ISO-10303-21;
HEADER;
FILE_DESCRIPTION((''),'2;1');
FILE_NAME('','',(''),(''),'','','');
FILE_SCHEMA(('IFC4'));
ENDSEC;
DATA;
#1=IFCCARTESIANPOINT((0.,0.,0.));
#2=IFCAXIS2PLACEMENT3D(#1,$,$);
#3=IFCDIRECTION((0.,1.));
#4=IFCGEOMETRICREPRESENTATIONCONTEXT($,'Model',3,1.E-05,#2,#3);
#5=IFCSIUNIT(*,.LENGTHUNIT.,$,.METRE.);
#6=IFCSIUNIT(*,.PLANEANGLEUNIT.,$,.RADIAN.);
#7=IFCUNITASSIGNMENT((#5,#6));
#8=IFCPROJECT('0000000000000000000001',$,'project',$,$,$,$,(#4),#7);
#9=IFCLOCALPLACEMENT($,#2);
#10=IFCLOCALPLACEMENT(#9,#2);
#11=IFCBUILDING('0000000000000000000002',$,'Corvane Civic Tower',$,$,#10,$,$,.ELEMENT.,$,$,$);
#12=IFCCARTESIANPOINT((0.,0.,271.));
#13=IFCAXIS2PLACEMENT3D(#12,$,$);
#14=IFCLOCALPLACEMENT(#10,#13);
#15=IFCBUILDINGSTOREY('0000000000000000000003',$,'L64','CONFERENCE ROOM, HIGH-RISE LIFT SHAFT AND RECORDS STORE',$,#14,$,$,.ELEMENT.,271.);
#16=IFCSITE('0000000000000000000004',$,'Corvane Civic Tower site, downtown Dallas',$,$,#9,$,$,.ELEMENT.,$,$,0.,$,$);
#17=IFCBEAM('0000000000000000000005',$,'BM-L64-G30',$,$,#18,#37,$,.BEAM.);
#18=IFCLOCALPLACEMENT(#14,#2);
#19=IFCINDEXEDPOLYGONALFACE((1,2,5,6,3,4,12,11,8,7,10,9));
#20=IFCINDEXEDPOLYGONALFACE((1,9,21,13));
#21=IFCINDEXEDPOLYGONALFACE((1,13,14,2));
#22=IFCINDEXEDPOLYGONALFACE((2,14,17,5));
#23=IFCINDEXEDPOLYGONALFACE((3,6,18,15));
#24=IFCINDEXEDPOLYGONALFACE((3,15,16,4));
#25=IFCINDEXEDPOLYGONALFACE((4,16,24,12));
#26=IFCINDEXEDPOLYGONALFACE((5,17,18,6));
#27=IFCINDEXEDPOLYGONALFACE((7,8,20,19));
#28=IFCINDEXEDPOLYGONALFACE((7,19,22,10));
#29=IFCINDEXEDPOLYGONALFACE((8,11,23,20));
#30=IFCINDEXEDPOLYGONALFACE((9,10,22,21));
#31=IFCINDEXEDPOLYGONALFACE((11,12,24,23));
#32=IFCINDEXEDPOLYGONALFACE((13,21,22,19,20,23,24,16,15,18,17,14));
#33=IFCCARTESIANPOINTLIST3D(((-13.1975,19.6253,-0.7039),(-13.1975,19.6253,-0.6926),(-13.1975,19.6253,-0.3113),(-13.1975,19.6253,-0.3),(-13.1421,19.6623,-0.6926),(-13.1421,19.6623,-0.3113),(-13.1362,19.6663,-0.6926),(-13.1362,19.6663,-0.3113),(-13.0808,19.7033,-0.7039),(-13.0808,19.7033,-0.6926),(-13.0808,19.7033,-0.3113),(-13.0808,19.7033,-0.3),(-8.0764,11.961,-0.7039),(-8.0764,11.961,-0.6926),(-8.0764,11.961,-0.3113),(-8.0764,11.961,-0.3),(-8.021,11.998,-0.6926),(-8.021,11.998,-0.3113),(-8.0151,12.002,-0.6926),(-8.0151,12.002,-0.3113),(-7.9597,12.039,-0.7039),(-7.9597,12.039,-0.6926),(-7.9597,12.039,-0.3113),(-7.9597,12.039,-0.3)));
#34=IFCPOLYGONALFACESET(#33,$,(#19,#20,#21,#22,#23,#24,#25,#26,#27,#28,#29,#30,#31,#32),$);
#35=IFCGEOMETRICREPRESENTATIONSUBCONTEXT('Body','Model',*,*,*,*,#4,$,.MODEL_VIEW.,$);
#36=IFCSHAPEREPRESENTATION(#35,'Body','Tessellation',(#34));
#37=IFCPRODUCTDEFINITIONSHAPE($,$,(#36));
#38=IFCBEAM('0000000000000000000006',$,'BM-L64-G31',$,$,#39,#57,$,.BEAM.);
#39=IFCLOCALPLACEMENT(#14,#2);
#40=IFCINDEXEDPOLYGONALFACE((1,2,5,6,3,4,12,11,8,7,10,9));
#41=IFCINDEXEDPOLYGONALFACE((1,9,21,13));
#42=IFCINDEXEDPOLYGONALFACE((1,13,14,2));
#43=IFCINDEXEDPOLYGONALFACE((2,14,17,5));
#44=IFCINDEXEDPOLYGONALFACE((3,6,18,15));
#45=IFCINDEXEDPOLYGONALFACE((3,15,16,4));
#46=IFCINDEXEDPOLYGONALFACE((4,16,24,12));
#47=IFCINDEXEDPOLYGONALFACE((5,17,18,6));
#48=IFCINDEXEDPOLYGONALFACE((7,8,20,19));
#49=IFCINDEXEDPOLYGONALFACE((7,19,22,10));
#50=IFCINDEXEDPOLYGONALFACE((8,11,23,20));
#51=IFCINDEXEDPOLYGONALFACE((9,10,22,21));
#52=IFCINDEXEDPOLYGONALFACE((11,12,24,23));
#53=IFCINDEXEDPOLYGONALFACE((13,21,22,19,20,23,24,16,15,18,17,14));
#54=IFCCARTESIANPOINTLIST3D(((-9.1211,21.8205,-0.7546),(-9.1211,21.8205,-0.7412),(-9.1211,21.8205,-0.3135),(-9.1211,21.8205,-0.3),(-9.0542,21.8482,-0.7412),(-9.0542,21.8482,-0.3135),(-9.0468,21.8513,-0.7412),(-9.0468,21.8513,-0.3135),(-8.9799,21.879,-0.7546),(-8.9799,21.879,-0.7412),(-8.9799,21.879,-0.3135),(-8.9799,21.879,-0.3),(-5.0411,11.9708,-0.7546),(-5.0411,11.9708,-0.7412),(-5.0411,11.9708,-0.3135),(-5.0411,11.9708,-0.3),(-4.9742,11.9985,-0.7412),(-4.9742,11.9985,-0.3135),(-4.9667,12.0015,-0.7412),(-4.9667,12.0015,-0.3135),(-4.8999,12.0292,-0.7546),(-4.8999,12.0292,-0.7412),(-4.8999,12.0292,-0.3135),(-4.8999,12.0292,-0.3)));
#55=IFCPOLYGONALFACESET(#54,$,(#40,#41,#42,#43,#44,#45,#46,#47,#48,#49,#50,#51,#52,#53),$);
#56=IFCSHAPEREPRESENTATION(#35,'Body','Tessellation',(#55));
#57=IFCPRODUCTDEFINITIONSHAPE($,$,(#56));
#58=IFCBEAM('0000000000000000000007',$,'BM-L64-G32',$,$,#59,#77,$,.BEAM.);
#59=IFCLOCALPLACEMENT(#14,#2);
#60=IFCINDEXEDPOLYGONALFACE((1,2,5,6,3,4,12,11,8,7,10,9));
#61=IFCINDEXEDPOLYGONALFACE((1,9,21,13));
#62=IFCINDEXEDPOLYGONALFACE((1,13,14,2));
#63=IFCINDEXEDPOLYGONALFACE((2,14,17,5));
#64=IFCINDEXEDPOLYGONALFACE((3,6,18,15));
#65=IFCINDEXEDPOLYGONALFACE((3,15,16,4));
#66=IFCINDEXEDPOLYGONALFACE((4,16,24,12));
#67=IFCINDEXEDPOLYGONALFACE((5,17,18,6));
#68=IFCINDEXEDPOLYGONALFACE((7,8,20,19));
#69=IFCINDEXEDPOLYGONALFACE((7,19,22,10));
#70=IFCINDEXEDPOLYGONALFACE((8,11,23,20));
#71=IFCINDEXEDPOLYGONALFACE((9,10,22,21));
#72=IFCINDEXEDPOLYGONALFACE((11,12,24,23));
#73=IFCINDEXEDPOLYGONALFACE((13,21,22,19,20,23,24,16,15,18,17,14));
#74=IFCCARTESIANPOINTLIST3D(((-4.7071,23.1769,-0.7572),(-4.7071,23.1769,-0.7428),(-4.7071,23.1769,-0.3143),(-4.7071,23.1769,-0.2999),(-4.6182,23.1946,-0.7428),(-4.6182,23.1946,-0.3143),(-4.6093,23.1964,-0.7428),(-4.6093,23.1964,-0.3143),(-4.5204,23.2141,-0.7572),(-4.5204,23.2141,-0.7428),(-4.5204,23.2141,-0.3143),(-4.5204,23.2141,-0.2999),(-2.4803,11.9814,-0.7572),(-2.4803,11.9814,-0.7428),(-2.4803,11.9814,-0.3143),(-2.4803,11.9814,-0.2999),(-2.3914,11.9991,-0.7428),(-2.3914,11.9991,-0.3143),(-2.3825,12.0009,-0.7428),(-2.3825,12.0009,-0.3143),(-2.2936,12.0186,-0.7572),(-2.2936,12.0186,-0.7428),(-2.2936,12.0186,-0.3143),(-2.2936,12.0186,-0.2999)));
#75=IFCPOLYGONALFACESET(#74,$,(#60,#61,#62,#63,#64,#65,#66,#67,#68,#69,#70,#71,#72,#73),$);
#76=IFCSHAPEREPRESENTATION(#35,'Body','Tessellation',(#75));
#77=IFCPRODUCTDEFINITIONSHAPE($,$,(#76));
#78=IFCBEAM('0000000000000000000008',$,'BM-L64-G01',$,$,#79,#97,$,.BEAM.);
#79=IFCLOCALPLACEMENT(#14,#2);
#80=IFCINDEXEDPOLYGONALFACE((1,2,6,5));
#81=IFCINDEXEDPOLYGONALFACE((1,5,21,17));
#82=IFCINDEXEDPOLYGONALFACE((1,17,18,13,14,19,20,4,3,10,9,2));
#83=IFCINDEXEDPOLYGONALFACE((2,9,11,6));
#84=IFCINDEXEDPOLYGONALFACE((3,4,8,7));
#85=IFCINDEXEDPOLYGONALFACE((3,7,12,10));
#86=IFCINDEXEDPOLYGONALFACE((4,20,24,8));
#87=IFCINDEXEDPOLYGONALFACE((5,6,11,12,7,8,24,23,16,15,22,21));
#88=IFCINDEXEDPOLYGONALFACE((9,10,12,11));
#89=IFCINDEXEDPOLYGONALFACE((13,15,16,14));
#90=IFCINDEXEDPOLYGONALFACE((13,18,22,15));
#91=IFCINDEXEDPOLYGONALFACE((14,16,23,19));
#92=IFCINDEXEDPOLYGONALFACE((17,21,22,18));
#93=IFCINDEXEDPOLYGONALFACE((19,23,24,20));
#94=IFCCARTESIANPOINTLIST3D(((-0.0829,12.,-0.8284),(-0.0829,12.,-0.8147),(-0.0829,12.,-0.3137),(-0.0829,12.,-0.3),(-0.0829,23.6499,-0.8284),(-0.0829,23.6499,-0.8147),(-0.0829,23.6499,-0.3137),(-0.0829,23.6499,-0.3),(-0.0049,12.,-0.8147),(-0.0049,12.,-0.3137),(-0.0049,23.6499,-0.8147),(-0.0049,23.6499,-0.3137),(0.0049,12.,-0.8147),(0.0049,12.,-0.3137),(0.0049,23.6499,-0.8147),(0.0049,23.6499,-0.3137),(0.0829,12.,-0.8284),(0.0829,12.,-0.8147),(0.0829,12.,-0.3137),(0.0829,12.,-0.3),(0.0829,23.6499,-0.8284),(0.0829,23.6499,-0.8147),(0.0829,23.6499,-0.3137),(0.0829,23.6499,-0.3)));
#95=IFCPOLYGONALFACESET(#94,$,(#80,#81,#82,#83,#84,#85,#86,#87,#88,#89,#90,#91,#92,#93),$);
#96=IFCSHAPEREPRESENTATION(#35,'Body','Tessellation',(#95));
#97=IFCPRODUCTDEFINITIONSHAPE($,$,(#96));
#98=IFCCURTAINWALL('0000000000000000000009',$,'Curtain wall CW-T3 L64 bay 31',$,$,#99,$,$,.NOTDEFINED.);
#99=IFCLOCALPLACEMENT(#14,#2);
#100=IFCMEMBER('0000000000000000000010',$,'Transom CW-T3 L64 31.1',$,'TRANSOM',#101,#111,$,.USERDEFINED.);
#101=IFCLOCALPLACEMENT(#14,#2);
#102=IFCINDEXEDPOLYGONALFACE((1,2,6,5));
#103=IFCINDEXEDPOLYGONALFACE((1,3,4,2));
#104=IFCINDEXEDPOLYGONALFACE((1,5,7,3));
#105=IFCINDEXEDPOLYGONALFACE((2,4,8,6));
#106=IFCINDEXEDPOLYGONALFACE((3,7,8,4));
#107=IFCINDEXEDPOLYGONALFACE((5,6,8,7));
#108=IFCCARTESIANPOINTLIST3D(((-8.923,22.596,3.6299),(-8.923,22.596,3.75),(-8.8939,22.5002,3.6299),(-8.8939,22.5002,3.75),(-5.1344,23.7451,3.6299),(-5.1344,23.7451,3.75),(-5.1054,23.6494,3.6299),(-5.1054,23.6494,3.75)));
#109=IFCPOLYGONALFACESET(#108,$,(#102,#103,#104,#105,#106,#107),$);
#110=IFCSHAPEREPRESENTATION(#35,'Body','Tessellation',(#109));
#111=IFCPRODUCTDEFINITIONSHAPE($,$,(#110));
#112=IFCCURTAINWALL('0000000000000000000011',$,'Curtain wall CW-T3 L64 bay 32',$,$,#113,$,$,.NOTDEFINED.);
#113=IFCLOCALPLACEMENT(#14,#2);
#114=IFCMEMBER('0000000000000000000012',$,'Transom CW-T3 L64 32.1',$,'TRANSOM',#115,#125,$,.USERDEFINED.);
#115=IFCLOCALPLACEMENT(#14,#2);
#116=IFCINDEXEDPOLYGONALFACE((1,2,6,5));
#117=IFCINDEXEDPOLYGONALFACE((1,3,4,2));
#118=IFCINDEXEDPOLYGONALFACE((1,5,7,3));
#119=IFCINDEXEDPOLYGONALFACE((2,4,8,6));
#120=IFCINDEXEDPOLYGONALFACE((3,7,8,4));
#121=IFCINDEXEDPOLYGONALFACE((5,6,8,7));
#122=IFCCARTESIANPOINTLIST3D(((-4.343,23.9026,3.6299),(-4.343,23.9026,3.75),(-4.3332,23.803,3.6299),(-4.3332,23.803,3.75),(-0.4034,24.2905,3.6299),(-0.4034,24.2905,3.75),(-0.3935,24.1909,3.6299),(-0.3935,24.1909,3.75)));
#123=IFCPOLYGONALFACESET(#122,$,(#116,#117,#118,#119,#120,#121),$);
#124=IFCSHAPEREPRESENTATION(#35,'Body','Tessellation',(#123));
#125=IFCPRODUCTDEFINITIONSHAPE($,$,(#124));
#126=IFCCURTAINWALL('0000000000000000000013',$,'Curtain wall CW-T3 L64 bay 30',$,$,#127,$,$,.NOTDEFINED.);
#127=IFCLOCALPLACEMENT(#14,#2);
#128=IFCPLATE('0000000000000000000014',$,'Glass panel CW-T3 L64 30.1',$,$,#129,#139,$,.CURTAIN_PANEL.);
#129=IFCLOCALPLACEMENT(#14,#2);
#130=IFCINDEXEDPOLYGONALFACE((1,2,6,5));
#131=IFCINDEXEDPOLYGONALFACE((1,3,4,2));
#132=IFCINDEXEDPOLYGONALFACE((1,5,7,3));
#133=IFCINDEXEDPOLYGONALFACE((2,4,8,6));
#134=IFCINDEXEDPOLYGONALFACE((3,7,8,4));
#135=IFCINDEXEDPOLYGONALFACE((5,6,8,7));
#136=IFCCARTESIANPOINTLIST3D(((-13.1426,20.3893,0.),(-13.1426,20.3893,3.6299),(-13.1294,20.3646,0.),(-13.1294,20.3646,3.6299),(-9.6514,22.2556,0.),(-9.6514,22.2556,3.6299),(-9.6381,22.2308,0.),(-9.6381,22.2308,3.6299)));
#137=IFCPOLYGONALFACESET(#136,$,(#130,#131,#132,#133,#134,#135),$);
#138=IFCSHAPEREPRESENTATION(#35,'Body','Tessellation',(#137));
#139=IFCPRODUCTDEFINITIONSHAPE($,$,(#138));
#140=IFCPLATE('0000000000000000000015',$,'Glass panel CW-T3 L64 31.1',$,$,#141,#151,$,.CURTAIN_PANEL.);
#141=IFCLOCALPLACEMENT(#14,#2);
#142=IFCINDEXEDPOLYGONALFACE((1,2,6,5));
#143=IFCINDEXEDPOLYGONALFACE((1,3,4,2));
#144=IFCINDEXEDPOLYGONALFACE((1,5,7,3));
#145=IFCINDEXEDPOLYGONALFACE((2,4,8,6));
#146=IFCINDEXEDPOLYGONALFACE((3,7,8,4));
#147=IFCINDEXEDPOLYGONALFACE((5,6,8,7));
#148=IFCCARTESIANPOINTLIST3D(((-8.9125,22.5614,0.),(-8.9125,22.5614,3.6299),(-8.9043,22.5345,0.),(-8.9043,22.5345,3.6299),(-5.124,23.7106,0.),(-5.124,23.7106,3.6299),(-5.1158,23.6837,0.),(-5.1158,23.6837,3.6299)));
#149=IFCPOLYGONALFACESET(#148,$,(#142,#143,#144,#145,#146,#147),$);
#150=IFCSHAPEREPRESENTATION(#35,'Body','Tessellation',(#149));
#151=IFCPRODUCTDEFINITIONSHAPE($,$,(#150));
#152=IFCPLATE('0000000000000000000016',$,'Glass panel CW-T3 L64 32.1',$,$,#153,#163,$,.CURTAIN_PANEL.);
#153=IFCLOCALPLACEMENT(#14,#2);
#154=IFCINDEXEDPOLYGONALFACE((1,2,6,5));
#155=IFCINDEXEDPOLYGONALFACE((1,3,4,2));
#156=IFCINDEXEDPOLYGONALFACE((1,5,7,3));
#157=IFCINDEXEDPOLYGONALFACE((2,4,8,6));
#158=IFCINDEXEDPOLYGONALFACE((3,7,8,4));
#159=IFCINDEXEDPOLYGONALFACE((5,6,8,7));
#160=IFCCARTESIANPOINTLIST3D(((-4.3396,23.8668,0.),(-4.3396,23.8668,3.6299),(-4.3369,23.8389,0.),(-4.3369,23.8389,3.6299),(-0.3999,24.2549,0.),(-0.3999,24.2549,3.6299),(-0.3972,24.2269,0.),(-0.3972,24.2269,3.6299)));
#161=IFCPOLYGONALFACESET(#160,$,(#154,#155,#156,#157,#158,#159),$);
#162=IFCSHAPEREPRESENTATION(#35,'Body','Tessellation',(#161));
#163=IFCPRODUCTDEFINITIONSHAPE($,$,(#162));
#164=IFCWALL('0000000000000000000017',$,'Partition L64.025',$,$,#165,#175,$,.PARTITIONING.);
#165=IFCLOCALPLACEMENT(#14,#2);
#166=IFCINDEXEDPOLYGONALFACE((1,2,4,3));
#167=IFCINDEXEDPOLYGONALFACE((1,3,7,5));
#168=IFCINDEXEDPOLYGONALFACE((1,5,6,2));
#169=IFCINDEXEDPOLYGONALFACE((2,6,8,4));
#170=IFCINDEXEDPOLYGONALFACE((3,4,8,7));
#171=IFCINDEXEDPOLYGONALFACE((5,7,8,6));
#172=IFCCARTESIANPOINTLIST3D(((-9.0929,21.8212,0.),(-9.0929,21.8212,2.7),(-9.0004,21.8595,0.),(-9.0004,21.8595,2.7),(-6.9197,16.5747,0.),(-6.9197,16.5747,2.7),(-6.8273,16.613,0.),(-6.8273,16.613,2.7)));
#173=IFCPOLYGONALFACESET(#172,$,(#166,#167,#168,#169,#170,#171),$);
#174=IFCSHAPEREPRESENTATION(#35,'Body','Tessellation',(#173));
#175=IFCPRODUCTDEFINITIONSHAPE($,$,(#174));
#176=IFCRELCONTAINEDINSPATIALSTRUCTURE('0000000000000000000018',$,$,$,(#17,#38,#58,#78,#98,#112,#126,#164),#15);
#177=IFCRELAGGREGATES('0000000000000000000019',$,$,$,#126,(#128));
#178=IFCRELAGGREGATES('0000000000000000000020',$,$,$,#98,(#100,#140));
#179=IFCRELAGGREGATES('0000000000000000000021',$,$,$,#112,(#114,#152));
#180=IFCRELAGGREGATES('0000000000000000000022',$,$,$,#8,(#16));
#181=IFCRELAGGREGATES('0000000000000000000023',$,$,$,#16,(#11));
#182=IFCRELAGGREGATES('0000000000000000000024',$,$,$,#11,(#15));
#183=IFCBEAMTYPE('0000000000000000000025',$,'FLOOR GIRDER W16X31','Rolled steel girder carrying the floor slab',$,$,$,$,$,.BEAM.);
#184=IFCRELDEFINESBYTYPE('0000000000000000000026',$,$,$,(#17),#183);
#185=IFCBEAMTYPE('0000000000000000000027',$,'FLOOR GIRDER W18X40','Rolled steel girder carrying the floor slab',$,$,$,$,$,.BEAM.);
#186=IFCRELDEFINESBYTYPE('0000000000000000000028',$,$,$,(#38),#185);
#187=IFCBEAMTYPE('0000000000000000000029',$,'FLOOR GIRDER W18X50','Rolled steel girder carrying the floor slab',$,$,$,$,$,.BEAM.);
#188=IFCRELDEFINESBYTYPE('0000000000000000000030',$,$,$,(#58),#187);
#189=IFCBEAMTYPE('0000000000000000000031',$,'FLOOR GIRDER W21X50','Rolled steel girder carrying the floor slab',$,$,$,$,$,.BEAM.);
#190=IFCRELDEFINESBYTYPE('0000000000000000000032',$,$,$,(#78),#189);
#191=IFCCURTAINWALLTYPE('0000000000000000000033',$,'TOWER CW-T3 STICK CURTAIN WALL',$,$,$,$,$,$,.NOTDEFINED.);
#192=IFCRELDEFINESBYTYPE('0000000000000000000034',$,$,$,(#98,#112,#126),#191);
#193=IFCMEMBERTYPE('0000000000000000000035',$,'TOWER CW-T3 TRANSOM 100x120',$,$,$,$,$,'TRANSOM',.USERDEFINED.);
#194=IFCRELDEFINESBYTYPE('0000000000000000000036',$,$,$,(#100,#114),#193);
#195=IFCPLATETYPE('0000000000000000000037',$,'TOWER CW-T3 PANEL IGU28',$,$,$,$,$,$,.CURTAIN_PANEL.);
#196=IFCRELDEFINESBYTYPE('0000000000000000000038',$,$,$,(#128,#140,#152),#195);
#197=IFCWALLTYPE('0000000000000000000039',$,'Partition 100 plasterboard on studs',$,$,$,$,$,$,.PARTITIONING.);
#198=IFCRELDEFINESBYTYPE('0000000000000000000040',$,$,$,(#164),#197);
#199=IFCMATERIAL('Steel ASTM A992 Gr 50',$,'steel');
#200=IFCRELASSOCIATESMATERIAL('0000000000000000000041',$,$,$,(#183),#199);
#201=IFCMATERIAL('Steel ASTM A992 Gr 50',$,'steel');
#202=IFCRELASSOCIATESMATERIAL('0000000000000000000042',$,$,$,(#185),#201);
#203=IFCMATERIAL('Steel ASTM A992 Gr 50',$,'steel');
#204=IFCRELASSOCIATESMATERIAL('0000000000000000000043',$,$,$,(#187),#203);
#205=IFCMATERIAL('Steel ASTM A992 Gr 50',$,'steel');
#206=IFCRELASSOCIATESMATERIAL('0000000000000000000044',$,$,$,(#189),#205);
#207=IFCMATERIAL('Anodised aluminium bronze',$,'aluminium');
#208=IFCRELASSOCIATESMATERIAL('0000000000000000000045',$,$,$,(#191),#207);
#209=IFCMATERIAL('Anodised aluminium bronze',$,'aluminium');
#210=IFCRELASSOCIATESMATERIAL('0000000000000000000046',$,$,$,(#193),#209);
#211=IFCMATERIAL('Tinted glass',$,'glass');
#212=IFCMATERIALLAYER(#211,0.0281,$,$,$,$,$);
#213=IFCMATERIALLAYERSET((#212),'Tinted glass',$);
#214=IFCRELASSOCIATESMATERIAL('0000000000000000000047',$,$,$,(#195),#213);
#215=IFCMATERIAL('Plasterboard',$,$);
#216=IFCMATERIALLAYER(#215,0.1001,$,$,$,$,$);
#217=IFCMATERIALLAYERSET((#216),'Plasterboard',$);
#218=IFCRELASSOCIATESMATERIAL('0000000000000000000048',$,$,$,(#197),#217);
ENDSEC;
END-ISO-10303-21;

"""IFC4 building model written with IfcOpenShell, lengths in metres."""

from ifc_helpers import new_model, si_unit, direction, frame, frame_2d, origin, origin_2d, place, context, subcontext, project, spatial, rectangle, i_section, extrude, material, layer, layer_set, material_profile, profile_set, type_object, element, aggregate, save


model = new_model("IFC4")

# Units and contexts
model_context = context("Model", 3, precision=1e-05, world=origin(), true_north=direction((0.0, 1.0)))
body_context = subcontext(model_context, "Body", "Model", "MODEL_VIEW")
ifc_project = project(units=[si_unit("LENGTHUNIT", "METRE"), si_unit("PLANEANGLEUNIT", "RADIAN")], contexts=[model_context])

# Site, building, storey
site_placement = place(None, origin())
site = spatial("IfcSite", under=ifc_project, at=site_placement, Name="Corvane Civic Tower site, downtown Dallas", CompositionType="ELEMENT", RefElevation=0.0)
building_placement = place(site_placement, origin())
building = spatial("IfcBuilding", under=site, at=building_placement, Name="Corvane Civic Tower", CompositionType="ELEMENT")
storey_placement = place(building_placement, frame((0.0, 0.0, 271.0)))
storey = spatial("IfcBuildingStorey", under=building, at=storey_placement, Name="L64", Description="CONFERENCE ROOM, HIGH-RISE LIFT SHAFT AND RECORDS STORE", CompositionType="ELEMENT", Elevation=271.0)

# Beams
ifc_material_1 = material(Name="Steel ASTM A992 Gr 50", Category="steel")
ifc_material_profile_1 = material_profile(ifc_material_1, i_section(OverallWidth=0.1404, OverallDepth=0.4038, WebThickness=0.0071, FlangeThickness=0.0112, at=origin_2d()), Name="W16X31")
ifc_profile_set_1 = profile_set([ifc_material_profile_1], Name="Steel ASTM A992 Gr 50")
beam_type_1 = type_object("IfcBeamType", Name="FLOOR GIRDER W16X31", Description="Rolled steel girder carrying the floor slab", PredefinedType="BEAM", material=ifc_profile_set_1)
beam_1_placement = place(storey_placement, frame((-8.0181, 12.0, -0.502), z_axis=(-0.555568, 0.831471, 0.0), x_axis=(-0.831471, -0.555568, 0.0)))
element("IfcBeam", 1, at=beam_1_placement, inside=storey, type_object=beam_type_1, Name="BM-L64-G30", PredefinedType="BEAM", context=body_context, shape_type="SweptSolid", body=[
    extrude(i_section(OverallWidth=0.1404, OverallDepth=0.4038, WebThickness=0.0071, FlangeThickness=0.0112, at=origin_2d()), origin(), (0.0, 0.0, 1.0), 9.2178),
])
ifc_material_2 = material(Name="Steel ASTM A992 Gr 50", Category="steel")
ifc_material_profile_2 = material_profile(ifc_material_2, i_section(OverallWidth=0.1528, OverallDepth=0.4546, WebThickness=0.0081, FlangeThickness=0.0134, at=origin_2d()), Name="W18X40")
ifc_profile_set_2 = profile_set([ifc_material_profile_2], Name="Steel ASTM A992 Gr 50")
beam_type_2 = type_object("IfcBeamType", Name="FLOOR GIRDER W18X40", Description="Rolled steel girder carrying the floor slab", PredefinedType="BEAM", material=ifc_profile_set_2)
beam_2_placement = place(storey_placement, frame((-4.9705, 12.0, -0.5273), z_axis=(-0.382694, 0.923875, 0.0), x_axis=(-0.923875, -0.382694, 0.0)))
element("IfcBeam", 2, at=beam_2_placement, inside=storey, type_object=beam_type_2, Name="BM-L64-G31", PredefinedType="BEAM", context=body_context, shape_type="SweptSolid", body=[
    extrude(i_section(OverallWidth=0.1528, OverallDepth=0.4546, WebThickness=0.0081, FlangeThickness=0.0134, at=origin_2d()), origin(), (0.0, 0.0, 1.0), 10.6614),
])
ifc_material_3 = material(Name="Steel ASTM A992 Gr 50", Category="steel")
ifc_material_profile_3 = material_profile(ifc_material_3, i_section(OverallWidth=0.1904, OverallDepth=0.4573, WebThickness=0.009, FlangeThickness=0.0144, at=origin_2d()), Name="W18X50")
ifc_profile_set_3 = profile_set([ifc_material_profile_3], Name="Steel ASTM A992 Gr 50")
beam_type_3 = type_object("IfcBeamType", Name="FLOOR GIRDER W18X50", Description="Rolled steel girder carrying the floor slab", PredefinedType="BEAM", material=ifc_profile_set_3)
beam_3_placement = place(storey_placement, frame((-2.387, 12.0, -0.5286), z_axis=(-0.19508, 0.980787, 0.0), x_axis=(-0.980787, -0.19508, 0.0)))
element("IfcBeam", 3, at=beam_3_placement, inside=storey, type_object=beam_type_3, Name="BM-L64-G32", PredefinedType="BEAM", context=body_context, shape_type="SweptSolid", body=[
    extrude(i_section(OverallWidth=0.1904, OverallDepth=0.4573, WebThickness=0.009, FlangeThickness=0.0144, at=origin_2d()), origin(), (0.0, 0.0, 1.0), 11.4148),
])
ifc_material_4 = material(Name="Steel ASTM A992 Gr 50", Category="steel")
ifc_material_profile_4 = material_profile(ifc_material_4, i_section(OverallWidth=0.1658, OverallDepth=0.5283, WebThickness=0.0098, FlangeThickness=0.0137, at=origin_2d()), Name="W21X50")
ifc_profile_set_4 = profile_set([ifc_material_profile_4], Name="Steel ASTM A992 Gr 50")
beam_type_4 = type_object("IfcBeamType", Name="FLOOR GIRDER W21X50", Description="Rolled steel girder carrying the floor slab", PredefinedType="BEAM", material=ifc_profile_set_4)
beam_4_placement = place(storey_placement, frame((0.0, 12.0, -0.5642), z_axis=(0.0, 1.0, 0.0), x_axis=(-1.0, 0.0, 0.0)))
element("IfcBeam", 4, at=beam_4_placement, inside=storey, type_object=beam_type_4, Name="BM-L64-G01", PredefinedType="BEAM", context=body_context, shape_type="SweptSolid", body=[
    extrude(i_section(OverallWidth=0.1658, OverallDepth=0.5283, WebThickness=0.0098, FlangeThickness=0.0137, at=origin_2d()), origin(), (0.0, 0.0, 1.0), 11.6499),
])

# Curtain walls, members
ifc_material_5 = material(Name="Anodised aluminium bronze", Category="aluminium")
curtain_wall_type = type_object("IfcCurtainWallType", Name="TOWER CW-T3 STICK CURTAIN WALL", PredefinedType="NOTDEFINED", material=ifc_material_5)
curtain_wall_1_placement = place(storey_placement, origin())
curtain_wall_1 = element("IfcCurtainWall", 5, at=curtain_wall_1_placement, inside=storey, type_object=curtain_wall_type, Name="Curtain wall CW-T3 L64 bay 31", PredefinedType="NOTDEFINED")
ifc_material_6 = material(Name="Anodised aluminium bronze", Category="aluminium")
ifc_material_profile_5 = material_profile(ifc_material_6, rectangle(XDim=0.1001, YDim=0.1201, at=origin_2d()), Name="TOWER CW-T3 TRANSOM 100x120")
ifc_profile_set_5 = profile_set([ifc_material_profile_5], Name="Anodised aluminium bronze")
member_type = type_object("IfcMemberType", Name="TOWER CW-T3 TRANSOM 100x120", ElementType="TRANSOM", PredefinedType="USERDEFINED", material=ifc_profile_set_5)
member_1_placement = place(storey_placement, frame((-8.9084, 22.5481, 3.6899), z_axis=(0.956946, 0.290266, 0.0), x_axis=(-0.290266, 0.956946, 0.0)))
member_1 = element("IfcMember", 6, at=member_1_placement, type_object=member_type, Name="Transom CW-T3 L64 31.1", ObjectType="TRANSOM", PredefinedType="USERDEFINED", context=body_context, shape_type="SweptSolid", body=[
    extrude(rectangle(XDim=0.1001, YDim=0.1201, at=origin_2d()), origin(), (0.0, 0.0, 1.0), 3.959),
])
curtain_wall_2_placement = place(storey_placement, origin())
curtain_wall_2 = element("IfcCurtainWall", 7, at=curtain_wall_2_placement, inside=storey, type_object=curtain_wall_type, Name="Curtain wall CW-T3 L64 bay 32", PredefinedType="NOTDEFINED")
member_2_placement = place(storey_placement, frame((-4.3381, 23.8528, 3.6899), z_axis=(0.995187, 0.097995, 0.0), x_axis=(-0.097995, 0.995187, 0.0)))
member_2 = element("IfcMember", 8, at=member_2_placement, type_object=member_type, Name="Transom CW-T3 L64 32.1", ObjectType="TRANSOM", PredefinedType="USERDEFINED", context=body_context, shape_type="SweptSolid", body=[
    extrude(rectangle(XDim=0.1001, YDim=0.1201, at=origin_2d()), origin(), (0.0, 0.0, 1.0), 3.9587),
])

# Curtain wall, plate
curtain_wall_3_placement = place(storey_placement, origin())
curtain_wall_3 = element("IfcCurtainWall", 9, at=curtain_wall_3_placement, inside=storey, type_object=curtain_wall_type, Name="Curtain wall CW-T3 L64 bay 30", PredefinedType="NOTDEFINED")
ifc_material_7 = material(Name="Tinted glass", Category="glass")
ifc_layer_1 = layer(ifc_material_7, 0.0281)
ifc_layer_set_1 = layer_set([ifc_layer_1], Name="Tinted glass")
plate_type = type_object("IfcPlateType", Name="TOWER CW-T3 PANEL IGU28", PredefinedType="CURTAIN_PANEL", material=ifc_layer_set_1)
plate_1_placement = place(storey_placement, frame((-11.3904, 21.3101, 0.0), z_axis=(0.0, 0.0, 1.0), x_axis=(0.881908, 0.471421, 0.0)))
plate_1 = element("IfcPlate", 10, at=plate_1_placement, type_object=plate_type, Name="Glass panel CW-T3 L64 30.1", PredefinedType="CURTAIN_PANEL", context=body_context, shape_type="SweptSolid", body=[
    extrude(rectangle(XDim=3.9587, YDim=0.0281, at=origin_2d()), origin(), (0.0, 0.0, 1.0), 3.6299),
])
aggregate(curtain_wall_3, [plate_1])

# Plates
plate_2_placement = place(storey_placement, frame((-7.0142, 23.1226, 0.0), z_axis=(0.0, 0.0, 1.0), x_axis=(0.956944, 0.290274, 0.0)))
plate_2 = element("IfcPlate", 11, at=plate_2_placement, type_object=plate_type, Name="Glass panel CW-T3 L64 31.1", PredefinedType="CURTAIN_PANEL", context=body_context, shape_type="SweptSolid", body=[
    extrude(rectangle(XDim=3.959, YDim=0.0281, at=origin_2d()), origin(), (0.0, 0.0, 1.0), 3.6299),
])
aggregate(curtain_wall_1, [member_1, plate_2])
plate_3_placement = place(storey_placement, frame((-2.3684, 24.0469, 0.0), z_axis=(0.0, 0.0, 1.0), x_axis=(0.995184, 0.098021, 0.0)))
plate_3 = element("IfcPlate", 12, at=plate_3_placement, type_object=plate_type, Name="Glass panel CW-T3 L64 32.1", PredefinedType="CURTAIN_PANEL", context=body_context, shape_type="SweptSolid", body=[
    extrude(rectangle(XDim=3.9587, YDim=0.0281, at=origin_2d()), origin(), (0.0, 0.0, 1.0), 3.6299),
])
aggregate(curtain_wall_2, [member_2, plate_3])

# Wall
ifc_material_8 = material(Name="Plasterboard")
ifc_layer_2 = layer(ifc_material_8, 0.1001)
ifc_layer_set_2 = layer_set([ifc_layer_2], Name="Plasterboard")
wall_type = type_object("IfcWallType", Name="Partition 100 plasterboard on studs", PredefinedType="PARTITIONING", material=ifc_layer_set_2)
wall_placement = place(storey_placement, frame((-9.0466, 21.8403, 0.0), z_axis=(0.0, 0.0, 1.0), x_axis=(0.382682, -0.92388, 0.0)))
element("IfcWall", 13, at=wall_placement, inside=storey, type_object=wall_type, Name="Partition L64.025", PredefinedType="PARTITIONING", context=body_context, shape_type="SweptSolid", body=[
    extrude(rectangle(XDim=5.6787, YDim=0.1001, at=frame_2d((2.8394, 0.0))), origin(), (0.0, 0.0, 1.0), 2.7),
])

save(model, "model.ifc")
